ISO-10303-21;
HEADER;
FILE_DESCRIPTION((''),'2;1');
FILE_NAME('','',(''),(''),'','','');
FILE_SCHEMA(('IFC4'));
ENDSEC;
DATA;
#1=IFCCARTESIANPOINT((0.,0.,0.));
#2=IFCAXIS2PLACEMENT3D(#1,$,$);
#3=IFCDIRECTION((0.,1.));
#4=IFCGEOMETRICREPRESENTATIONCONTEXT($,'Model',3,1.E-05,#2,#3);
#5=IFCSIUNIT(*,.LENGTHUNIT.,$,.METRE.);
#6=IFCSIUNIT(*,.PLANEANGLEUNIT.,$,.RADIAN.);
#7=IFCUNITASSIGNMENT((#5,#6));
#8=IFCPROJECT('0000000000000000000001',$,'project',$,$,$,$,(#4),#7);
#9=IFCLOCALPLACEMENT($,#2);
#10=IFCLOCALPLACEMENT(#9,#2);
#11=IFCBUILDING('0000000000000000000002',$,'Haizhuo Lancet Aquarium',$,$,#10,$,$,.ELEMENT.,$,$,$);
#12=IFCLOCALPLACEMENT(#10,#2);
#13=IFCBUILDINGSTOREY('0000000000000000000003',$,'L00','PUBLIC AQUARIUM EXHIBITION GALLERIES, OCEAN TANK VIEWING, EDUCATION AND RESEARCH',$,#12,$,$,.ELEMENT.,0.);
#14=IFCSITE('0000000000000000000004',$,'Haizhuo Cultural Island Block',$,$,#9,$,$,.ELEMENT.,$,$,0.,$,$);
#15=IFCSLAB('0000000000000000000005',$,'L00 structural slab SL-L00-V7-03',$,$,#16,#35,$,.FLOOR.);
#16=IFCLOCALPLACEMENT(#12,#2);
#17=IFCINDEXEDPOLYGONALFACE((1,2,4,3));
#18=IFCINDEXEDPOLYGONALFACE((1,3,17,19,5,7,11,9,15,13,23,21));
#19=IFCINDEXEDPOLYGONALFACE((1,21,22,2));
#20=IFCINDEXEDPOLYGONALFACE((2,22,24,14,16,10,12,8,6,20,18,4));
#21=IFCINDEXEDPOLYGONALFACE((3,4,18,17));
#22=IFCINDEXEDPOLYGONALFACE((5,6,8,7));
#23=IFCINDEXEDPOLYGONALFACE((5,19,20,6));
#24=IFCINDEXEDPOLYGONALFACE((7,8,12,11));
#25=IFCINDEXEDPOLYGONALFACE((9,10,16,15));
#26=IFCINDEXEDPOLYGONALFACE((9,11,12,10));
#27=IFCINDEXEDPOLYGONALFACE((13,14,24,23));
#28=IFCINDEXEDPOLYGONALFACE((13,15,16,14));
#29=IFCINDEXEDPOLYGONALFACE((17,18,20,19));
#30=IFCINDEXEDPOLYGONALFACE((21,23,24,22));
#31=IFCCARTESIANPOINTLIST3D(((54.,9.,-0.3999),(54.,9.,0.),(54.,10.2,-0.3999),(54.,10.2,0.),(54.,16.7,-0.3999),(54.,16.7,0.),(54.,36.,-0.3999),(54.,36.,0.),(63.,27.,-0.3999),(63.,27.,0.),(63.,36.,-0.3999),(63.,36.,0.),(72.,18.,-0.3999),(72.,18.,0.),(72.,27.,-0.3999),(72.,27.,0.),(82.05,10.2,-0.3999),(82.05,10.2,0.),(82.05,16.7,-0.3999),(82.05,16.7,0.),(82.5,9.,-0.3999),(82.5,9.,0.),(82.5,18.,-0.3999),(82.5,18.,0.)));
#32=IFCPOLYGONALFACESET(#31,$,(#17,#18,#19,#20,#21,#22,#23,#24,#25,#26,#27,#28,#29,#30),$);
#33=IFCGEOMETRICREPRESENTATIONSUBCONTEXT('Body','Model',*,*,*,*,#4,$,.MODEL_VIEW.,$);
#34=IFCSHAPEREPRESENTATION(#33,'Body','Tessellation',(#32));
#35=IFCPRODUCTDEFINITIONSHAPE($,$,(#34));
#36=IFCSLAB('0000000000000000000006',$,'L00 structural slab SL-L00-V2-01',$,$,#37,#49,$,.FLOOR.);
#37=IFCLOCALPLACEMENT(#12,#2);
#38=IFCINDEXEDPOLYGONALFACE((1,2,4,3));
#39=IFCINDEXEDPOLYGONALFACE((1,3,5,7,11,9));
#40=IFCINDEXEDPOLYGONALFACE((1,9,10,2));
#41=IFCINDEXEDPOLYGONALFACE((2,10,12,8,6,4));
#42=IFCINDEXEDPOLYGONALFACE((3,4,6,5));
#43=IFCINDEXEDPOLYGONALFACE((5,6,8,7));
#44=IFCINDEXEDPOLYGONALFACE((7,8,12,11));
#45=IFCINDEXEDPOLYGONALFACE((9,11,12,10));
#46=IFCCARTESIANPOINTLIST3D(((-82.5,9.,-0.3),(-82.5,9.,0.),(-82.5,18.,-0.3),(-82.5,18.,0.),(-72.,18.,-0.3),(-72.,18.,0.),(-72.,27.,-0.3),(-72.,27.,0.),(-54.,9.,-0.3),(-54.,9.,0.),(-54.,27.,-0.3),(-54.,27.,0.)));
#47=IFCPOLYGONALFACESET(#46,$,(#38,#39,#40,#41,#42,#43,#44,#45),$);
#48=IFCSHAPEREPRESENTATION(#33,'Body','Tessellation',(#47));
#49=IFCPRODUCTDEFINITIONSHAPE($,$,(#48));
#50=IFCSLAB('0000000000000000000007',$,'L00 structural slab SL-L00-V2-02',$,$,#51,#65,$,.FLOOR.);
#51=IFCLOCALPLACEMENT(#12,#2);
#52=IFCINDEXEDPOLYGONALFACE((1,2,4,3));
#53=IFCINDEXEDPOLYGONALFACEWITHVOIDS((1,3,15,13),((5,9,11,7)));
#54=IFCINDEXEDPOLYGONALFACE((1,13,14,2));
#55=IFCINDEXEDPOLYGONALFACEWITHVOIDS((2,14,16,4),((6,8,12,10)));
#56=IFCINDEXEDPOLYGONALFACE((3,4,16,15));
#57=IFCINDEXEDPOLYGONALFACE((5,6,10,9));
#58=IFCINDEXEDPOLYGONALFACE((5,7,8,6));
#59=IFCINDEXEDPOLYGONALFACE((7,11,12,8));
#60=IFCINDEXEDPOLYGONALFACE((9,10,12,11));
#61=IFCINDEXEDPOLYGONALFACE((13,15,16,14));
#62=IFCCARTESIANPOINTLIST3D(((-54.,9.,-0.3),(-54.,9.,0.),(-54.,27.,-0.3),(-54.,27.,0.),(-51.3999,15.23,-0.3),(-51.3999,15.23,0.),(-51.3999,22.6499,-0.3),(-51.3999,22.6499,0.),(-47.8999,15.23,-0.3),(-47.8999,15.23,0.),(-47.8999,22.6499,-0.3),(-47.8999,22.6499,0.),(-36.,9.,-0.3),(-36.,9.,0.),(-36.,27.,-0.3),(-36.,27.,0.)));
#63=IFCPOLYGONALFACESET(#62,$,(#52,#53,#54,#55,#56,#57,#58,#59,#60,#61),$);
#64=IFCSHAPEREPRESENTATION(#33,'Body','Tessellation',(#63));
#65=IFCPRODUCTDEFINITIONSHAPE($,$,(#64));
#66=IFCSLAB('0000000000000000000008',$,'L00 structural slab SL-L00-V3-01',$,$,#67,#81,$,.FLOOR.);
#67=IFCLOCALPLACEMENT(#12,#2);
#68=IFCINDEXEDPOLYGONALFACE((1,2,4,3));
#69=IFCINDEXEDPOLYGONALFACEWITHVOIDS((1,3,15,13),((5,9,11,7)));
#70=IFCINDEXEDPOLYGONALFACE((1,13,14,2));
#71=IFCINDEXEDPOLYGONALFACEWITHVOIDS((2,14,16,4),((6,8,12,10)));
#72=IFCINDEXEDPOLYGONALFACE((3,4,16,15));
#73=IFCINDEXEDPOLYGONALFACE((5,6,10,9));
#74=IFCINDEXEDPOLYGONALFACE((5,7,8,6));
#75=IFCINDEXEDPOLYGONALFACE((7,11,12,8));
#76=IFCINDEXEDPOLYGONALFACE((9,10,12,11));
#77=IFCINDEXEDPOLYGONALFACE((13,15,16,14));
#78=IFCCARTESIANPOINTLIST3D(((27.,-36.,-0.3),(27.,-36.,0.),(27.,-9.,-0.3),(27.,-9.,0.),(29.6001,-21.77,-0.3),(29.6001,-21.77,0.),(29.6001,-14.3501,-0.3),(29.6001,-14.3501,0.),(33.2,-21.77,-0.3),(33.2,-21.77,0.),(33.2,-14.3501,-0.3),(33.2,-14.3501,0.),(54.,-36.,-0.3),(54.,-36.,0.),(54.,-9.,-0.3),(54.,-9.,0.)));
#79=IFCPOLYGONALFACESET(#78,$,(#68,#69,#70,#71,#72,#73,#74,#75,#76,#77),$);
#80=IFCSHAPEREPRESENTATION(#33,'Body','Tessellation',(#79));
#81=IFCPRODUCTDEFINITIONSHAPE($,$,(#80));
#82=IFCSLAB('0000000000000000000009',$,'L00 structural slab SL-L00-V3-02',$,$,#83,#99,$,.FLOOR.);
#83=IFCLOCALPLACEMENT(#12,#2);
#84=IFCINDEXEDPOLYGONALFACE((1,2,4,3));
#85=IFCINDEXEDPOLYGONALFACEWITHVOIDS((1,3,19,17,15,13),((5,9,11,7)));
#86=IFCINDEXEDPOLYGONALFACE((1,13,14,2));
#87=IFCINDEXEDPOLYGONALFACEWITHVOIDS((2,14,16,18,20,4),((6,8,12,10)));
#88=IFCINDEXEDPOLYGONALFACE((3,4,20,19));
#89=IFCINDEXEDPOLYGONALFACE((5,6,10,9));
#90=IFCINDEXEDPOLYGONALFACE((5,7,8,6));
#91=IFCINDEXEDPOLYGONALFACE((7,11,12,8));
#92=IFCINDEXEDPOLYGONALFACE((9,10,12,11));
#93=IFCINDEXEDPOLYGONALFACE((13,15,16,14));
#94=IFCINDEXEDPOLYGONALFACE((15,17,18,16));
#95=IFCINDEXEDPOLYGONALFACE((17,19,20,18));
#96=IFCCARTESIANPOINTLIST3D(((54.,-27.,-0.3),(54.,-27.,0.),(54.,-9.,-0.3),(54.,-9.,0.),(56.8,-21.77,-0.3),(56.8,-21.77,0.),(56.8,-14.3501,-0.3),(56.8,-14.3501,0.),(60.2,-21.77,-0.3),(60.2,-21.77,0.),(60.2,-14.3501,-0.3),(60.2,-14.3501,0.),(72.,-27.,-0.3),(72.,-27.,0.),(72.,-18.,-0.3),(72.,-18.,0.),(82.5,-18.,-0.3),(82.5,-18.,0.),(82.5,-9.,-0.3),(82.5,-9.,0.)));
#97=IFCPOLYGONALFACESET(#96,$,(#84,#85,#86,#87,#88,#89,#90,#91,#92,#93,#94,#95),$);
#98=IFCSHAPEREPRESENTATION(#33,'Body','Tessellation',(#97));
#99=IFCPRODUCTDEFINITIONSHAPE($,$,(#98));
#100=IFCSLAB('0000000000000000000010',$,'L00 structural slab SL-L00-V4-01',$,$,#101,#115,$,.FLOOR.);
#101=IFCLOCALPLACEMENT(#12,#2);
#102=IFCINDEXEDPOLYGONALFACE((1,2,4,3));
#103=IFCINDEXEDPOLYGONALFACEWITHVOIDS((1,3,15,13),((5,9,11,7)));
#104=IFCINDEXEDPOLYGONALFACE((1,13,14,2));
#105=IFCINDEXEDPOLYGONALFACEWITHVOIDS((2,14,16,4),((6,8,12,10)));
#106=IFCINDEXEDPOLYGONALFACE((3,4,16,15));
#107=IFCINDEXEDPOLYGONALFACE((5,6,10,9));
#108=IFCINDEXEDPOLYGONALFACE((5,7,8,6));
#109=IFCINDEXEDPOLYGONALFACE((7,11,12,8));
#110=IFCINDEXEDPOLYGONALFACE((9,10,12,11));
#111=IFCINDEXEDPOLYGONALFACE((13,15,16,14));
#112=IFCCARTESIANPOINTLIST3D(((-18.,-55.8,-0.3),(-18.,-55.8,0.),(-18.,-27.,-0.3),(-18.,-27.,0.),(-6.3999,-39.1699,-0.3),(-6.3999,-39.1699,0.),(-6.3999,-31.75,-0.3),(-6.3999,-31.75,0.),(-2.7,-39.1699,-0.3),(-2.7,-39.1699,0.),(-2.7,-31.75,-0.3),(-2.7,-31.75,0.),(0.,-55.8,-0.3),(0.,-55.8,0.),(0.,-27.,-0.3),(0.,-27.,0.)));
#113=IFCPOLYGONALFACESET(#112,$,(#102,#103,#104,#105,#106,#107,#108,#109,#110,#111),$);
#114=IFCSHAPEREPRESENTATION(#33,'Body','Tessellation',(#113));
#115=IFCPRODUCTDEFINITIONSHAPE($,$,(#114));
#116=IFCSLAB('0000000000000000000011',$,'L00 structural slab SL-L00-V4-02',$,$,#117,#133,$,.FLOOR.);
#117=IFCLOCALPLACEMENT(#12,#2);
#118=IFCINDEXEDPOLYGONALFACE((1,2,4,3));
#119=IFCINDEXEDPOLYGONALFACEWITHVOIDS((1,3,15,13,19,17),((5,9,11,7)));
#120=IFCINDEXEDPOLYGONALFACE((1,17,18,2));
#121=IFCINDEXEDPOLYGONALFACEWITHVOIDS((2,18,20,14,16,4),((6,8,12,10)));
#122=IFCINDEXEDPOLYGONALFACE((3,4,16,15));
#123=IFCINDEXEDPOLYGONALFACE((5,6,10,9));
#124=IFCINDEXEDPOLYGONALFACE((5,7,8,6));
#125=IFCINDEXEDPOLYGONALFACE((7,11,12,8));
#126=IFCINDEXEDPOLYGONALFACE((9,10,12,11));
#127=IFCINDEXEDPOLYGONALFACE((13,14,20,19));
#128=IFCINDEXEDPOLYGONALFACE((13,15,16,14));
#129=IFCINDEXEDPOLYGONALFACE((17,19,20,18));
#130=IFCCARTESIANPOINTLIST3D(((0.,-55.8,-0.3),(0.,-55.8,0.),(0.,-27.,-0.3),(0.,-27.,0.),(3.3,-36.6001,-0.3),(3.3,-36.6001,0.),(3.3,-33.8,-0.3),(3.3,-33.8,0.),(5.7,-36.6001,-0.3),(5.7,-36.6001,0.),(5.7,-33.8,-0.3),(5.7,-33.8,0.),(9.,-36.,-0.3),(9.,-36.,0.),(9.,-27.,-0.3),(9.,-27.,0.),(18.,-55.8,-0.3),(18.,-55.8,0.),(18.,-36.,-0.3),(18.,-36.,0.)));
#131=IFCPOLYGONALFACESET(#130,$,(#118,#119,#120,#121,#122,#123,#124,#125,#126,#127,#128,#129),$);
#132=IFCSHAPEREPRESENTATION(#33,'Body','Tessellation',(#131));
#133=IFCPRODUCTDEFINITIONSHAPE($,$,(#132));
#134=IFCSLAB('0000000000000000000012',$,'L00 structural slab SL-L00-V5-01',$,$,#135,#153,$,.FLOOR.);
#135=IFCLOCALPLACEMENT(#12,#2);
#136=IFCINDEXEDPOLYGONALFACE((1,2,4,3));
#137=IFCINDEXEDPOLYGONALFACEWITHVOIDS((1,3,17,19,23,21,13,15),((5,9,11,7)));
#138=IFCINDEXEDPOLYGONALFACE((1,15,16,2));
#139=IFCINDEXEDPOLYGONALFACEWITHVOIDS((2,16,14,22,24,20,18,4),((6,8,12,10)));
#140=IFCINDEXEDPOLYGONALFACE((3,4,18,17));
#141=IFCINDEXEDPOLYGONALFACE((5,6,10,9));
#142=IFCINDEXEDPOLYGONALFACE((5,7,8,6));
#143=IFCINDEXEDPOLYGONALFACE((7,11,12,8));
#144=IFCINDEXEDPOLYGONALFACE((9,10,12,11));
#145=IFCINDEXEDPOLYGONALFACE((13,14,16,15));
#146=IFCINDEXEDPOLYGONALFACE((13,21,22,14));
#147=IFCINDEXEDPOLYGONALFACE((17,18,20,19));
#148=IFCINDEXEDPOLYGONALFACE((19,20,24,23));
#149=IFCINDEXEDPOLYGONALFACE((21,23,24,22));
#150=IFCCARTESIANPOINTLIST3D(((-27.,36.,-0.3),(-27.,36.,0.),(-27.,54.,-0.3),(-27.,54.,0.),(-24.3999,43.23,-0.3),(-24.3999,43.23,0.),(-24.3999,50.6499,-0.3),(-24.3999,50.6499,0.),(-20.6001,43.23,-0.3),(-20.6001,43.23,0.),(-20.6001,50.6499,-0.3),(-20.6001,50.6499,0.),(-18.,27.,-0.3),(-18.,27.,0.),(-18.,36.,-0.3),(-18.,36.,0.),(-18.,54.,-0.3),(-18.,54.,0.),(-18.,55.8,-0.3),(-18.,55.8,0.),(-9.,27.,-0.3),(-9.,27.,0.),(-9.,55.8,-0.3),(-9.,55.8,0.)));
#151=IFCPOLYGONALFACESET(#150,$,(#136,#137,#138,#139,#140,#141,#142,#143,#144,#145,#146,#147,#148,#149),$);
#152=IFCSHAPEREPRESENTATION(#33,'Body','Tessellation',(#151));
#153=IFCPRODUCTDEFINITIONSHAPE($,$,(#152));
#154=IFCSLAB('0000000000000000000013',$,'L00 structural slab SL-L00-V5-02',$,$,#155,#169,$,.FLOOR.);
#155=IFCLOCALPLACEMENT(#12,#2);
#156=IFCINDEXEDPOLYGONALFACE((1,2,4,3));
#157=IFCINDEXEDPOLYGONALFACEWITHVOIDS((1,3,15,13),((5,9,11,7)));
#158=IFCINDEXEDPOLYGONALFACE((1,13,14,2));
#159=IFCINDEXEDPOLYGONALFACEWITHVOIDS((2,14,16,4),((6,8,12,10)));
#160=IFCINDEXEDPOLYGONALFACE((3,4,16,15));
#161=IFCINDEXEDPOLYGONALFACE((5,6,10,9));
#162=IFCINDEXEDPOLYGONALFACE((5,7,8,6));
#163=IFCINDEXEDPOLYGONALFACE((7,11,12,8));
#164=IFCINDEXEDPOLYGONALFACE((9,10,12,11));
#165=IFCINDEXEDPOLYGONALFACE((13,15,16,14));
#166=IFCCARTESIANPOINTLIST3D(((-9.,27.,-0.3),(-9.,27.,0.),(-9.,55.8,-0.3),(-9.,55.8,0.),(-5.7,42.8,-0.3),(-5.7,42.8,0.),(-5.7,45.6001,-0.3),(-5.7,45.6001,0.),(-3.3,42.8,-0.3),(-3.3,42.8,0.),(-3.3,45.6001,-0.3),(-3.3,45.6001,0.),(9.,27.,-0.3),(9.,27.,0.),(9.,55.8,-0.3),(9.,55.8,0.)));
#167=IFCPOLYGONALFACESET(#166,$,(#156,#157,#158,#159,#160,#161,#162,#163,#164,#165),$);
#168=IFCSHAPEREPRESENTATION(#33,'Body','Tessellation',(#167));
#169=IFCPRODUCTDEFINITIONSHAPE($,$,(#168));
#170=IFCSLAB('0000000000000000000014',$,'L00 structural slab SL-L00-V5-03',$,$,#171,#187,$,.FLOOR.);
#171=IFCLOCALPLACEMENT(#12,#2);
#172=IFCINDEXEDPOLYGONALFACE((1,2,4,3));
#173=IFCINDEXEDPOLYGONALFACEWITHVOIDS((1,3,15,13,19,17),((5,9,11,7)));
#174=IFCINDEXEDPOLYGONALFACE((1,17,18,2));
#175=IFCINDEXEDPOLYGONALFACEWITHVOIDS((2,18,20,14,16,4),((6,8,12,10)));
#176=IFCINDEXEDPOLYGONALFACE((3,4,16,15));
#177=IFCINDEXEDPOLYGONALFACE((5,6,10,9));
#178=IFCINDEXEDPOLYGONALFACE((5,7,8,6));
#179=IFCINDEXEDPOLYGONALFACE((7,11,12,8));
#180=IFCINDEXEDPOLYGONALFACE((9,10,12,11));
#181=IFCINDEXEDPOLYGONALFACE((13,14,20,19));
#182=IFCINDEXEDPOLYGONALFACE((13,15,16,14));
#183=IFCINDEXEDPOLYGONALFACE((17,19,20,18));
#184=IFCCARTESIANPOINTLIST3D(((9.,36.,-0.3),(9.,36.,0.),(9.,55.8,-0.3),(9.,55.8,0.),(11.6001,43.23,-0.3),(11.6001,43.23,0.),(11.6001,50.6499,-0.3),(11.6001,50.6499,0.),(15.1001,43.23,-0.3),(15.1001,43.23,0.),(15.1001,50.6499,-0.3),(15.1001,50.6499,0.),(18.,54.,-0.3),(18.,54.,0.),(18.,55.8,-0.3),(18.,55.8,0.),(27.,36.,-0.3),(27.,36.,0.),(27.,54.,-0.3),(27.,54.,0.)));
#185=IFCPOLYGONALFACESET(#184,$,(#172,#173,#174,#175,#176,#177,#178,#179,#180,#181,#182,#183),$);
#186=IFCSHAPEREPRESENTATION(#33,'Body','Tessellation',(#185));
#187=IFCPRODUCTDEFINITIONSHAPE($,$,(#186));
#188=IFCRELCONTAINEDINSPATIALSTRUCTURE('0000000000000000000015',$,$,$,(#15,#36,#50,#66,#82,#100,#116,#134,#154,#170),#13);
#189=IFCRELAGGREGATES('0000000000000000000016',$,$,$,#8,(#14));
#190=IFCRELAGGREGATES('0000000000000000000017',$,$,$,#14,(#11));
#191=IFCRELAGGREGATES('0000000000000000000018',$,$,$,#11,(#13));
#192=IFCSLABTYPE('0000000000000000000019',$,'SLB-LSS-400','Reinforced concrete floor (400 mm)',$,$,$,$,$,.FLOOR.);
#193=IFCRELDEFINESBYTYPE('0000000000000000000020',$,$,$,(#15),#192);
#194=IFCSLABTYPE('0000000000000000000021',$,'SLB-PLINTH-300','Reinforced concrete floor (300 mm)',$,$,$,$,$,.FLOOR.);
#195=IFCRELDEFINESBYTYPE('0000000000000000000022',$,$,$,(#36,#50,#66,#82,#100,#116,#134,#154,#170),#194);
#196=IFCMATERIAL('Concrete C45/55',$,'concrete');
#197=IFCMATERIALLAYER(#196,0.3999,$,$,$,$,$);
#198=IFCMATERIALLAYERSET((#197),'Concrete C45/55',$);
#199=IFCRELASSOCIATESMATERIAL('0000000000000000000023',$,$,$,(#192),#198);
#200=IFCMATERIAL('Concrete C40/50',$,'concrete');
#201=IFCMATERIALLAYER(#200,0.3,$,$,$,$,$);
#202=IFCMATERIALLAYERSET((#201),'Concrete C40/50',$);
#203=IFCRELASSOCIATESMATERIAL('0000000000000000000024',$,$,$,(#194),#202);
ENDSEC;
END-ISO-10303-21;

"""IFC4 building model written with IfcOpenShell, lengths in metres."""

from ifc_helpers import new_model, si_unit, direction, frame, origin, place, context, subcontext, project, spatial, polyline, outline, extrude, material, layer, layer_set, type_object, element, save


model = new_model("IFC4")

# Units and contexts
model_context = context("Model", 3, precision=1e-05, world=origin(), true_north=direction((0.0, 1.0)))
body_context = subcontext(model_context, "Body", "Model", "MODEL_VIEW")
ifc_project = project(units=[si_unit("LENGTHUNIT", "METRE"), si_unit("PLANEANGLEUNIT", "RADIAN")], contexts=[model_context])

# Site, building, storey
site_placement = place(None, origin())
site = spatial("IfcSite", under=ifc_project, at=site_placement, Name="Haizhuo Cultural Island Block", CompositionType="ELEMENT", RefElevation=0.0)
building_placement = place(site_placement, origin())
building = spatial("IfcBuilding", under=site, at=building_placement, Name="Haizhuo Lancet Aquarium", CompositionType="ELEMENT")
storey_placement = place(building_placement, origin())
storey = spatial("IfcBuildingStorey", under=building, at=storey_placement, Name="L00", Description="PUBLIC AQUARIUM EXHIBITION GALLERIES, OCEAN TANK VIEWING, EDUCATION AND RESEARCH", CompositionType="ELEMENT", Elevation=0.0)

# Slabs
ifc_material_1 = material(Name="Concrete C45/55", Category="concrete")
ifc_layer_1 = layer(ifc_material_1, 0.3999)
ifc_layer_set_1 = layer_set([ifc_layer_1], Name="Concrete C45/55")
slab_type_1 = type_object("IfcSlabType", Name="SLB-LSS-400", Description="Reinforced concrete floor (400 mm)", PredefinedType="FLOOR", material=ifc_layer_set_1)
slab_1_placement = place(storey_placement, frame((0.0, 0.0, -0.3999)))
element("IfcSlab", 1, at=slab_1_placement, inside=storey, type_object=slab_type_1, Name="L00 structural slab SL-L00-V7-03", PredefinedType="FLOOR", context=body_context, shape_type="SweptSolid", body=[
    extrude(outline(polyline([(54.0, 10.2), (54.0, 9.0), (82.5, 9.0), (82.5, 18.0), (72.0, 18.0), (72.0, 27.0), (63.0, 27.0), (63.0, 36.0), (54.0, 36.0), (54.0, 16.7), (82.05, 16.7), (82.05, 10.2), (54.0, 10.2)])), origin(), (0.0, 0.0, 1.0), 0.3999),
])
ifc_material_2 = material(Name="Concrete C40/50", Category="concrete")
ifc_layer_2 = layer(ifc_material_2, 0.3)
ifc_layer_set_2 = layer_set([ifc_layer_2], Name="Concrete C40/50")
slab_type_2 = type_object("IfcSlabType", Name="SLB-PLINTH-300", Description="Reinforced concrete floor (300 mm)", PredefinedType="FLOOR", material=ifc_layer_set_2)
slab_2_placement = place(storey_placement, frame((0.0, 0.0, -0.3)))
element("IfcSlab", 2, at=slab_2_placement, inside=storey, type_object=slab_type_2, Name="L00 structural slab SL-L00-V2-01", PredefinedType="FLOOR", context=body_context, shape_type="SweptSolid", body=[
    extrude(outline(polyline([(-54.0, 9.0), (-54.0, 27.0), (-72.0, 27.0), (-72.0, 18.0), (-82.5, 18.0), (-82.5, 9.0), (-54.0, 9.0)])), origin(), (0.0, 0.0, 1.0), 0.3),
])
slab_3_placement = place(storey_placement, frame((0.0, 0.0, -0.3)))
element("IfcSlab", 3, at=slab_3_placement, inside=storey, type_object=slab_type_2, Name="L00 structural slab SL-L00-V2-02", PredefinedType="FLOOR", context=body_context, shape_type="SweptSolid", body=[
    extrude(outline(polyline([(-36.0, 27.0), (-54.0, 27.0), (-54.0, 9.0), (-36.0, 9.0), (-36.0, 27.0)]), holes=[polyline([(-51.3999, 22.6499), (-51.3999, 15.23), (-47.8999, 15.23), (-47.8999, 22.6499), (-51.3999, 22.6499)])]), origin(), (0.0, 0.0, 1.0), 0.3),
])
slab_4_placement = place(storey_placement, frame((0.0, 0.0, -0.3)))
element("IfcSlab", 4, at=slab_4_placement, inside=storey, type_object=slab_type_2, Name="L00 structural slab SL-L00-V3-01", PredefinedType="FLOOR", context=body_context, shape_type="SweptSolid", body=[
    extrude(outline(polyline([(27.0, -36.0), (54.0, -36.0), (54.0, -9.0), (27.0, -9.0), (27.0, -36.0)]), holes=[polyline([(33.2, -14.3501), (29.6001, -14.3501), (29.6001, -21.77), (33.2, -21.77), (33.2, -14.3501)])]), origin(), (0.0, 0.0, 1.0), 0.3),
])
slab_5_placement = place(storey_placement, frame((0.0, 0.0, -0.3)))
element("IfcSlab", 5, at=slab_5_placement, inside=storey, type_object=slab_type_2, Name="L00 structural slab SL-L00-V3-02", PredefinedType="FLOOR", context=body_context, shape_type="SweptSolid", body=[
    extrude(outline(polyline([(54.0, -9.0), (54.0, -27.0), (72.0, -27.0), (72.0, -18.0), (82.5, -18.0), (82.5, -9.0), (54.0, -9.0)]), holes=[polyline([(60.2, -21.77), (60.2, -14.3501), (56.8, -14.3501), (56.8, -21.77), (60.2, -21.77)])]), origin(), (0.0, 0.0, 1.0), 0.3),
])
slab_6_placement = place(storey_placement, frame((0.0, 0.0, -0.3)))
element("IfcSlab", 6, at=slab_6_placement, inside=storey, type_object=slab_type_2, Name="L00 structural slab SL-L00-V4-01", PredefinedType="FLOOR", context=body_context, shape_type="SweptSolid", body=[
    extrude(outline(polyline([(0.0, -55.8), (0.0, -27.0), (-18.0, -27.0), (-18.0, -55.8), (0.0, -55.8)]), holes=[polyline([(-6.3999, -39.1699), (-2.7, -39.1699), (-2.7, -31.75), (-6.3999, -31.75), (-6.3999, -39.1699)])]), origin(), (0.0, 0.0, 1.0), 0.3),
])
slab_7_placement = place(storey_placement, frame((0.0, 0.0, -0.3)))
element("IfcSlab", 7, at=slab_7_placement, inside=storey, type_object=slab_type_2, Name="L00 structural slab SL-L00-V4-02", PredefinedType="FLOOR", context=body_context, shape_type="SweptSolid", body=[
    extrude(outline(polyline([(18.0, -36.0), (9.0, -36.0), (9.0, -27.0), (0.0, -27.0), (0.0, -55.8), (18.0, -55.8), (18.0, -36.0)]), holes=[polyline([(3.3, -36.6001), (5.7, -36.6001), (5.7, -33.8), (3.3, -33.8), (3.3, -36.6001)])]), origin(), (0.0, 0.0, 1.0), 0.3),
])
slab_8_placement = place(storey_placement, frame((0.0, 0.0, -0.3)))
element("IfcSlab", 8, at=slab_8_placement, inside=storey, type_object=slab_type_2, Name="L00 structural slab SL-L00-V5-01", PredefinedType="FLOOR", context=body_context, shape_type="SweptSolid", body=[
    extrude(outline(polyline([(-18.0, 54.0), (-27.0, 54.0), (-27.0, 36.0), (-18.0, 36.0), (-18.0, 27.0), (-9.0, 27.0), (-9.0, 55.8), (-18.0, 55.8), (-18.0, 54.0)]), holes=[polyline([(-24.3999, 50.6499), (-24.3999, 43.23), (-20.6001, 43.23), (-20.6001, 50.6499), (-24.3999, 50.6499)])]), origin(), (0.0, 0.0, 1.0), 0.3),
])
slab_9_placement = place(storey_placement, frame((0.0, 0.0, -0.3)))
element("IfcSlab", 9, at=slab_9_placement, inside=storey, type_object=slab_type_2, Name="L00 structural slab SL-L00-V5-02", PredefinedType="FLOOR", context=body_context, shape_type="SweptSolid", body=[
    extrude(outline(polyline([(-9.0, 55.8), (-9.0, 27.0), (9.0, 27.0), (9.0, 55.8), (-9.0, 55.8)]), holes=[polyline([(-3.3, 45.6001), (-5.7, 45.6001), (-5.7, 42.8), (-3.3, 42.8), (-3.3, 45.6001)])]), origin(), (0.0, 0.0, 1.0), 0.3),
])
slab_10_placement = place(storey_placement, frame((0.0, 0.0, -0.3)))
element("IfcSlab", 10, at=slab_10_placement, inside=storey, type_object=slab_type_2, Name="L00 structural slab SL-L00-V5-03", PredefinedType="FLOOR", context=body_context, shape_type="SweptSolid", body=[
    extrude(outline(polyline([(9.0, 55.8), (9.0, 36.0), (27.0, 36.0), (27.0, 54.0), (18.0, 54.0), (18.0, 55.8), (9.0, 55.8)]), holes=[polyline([(15.1001, 50.6499), (11.6001, 50.6499), (11.6001, 43.23), (15.1001, 43.23), (15.1001, 50.6499)])]), origin(), (0.0, 0.0, 1.0), 0.3),
])

save(model, "model.ifc")
